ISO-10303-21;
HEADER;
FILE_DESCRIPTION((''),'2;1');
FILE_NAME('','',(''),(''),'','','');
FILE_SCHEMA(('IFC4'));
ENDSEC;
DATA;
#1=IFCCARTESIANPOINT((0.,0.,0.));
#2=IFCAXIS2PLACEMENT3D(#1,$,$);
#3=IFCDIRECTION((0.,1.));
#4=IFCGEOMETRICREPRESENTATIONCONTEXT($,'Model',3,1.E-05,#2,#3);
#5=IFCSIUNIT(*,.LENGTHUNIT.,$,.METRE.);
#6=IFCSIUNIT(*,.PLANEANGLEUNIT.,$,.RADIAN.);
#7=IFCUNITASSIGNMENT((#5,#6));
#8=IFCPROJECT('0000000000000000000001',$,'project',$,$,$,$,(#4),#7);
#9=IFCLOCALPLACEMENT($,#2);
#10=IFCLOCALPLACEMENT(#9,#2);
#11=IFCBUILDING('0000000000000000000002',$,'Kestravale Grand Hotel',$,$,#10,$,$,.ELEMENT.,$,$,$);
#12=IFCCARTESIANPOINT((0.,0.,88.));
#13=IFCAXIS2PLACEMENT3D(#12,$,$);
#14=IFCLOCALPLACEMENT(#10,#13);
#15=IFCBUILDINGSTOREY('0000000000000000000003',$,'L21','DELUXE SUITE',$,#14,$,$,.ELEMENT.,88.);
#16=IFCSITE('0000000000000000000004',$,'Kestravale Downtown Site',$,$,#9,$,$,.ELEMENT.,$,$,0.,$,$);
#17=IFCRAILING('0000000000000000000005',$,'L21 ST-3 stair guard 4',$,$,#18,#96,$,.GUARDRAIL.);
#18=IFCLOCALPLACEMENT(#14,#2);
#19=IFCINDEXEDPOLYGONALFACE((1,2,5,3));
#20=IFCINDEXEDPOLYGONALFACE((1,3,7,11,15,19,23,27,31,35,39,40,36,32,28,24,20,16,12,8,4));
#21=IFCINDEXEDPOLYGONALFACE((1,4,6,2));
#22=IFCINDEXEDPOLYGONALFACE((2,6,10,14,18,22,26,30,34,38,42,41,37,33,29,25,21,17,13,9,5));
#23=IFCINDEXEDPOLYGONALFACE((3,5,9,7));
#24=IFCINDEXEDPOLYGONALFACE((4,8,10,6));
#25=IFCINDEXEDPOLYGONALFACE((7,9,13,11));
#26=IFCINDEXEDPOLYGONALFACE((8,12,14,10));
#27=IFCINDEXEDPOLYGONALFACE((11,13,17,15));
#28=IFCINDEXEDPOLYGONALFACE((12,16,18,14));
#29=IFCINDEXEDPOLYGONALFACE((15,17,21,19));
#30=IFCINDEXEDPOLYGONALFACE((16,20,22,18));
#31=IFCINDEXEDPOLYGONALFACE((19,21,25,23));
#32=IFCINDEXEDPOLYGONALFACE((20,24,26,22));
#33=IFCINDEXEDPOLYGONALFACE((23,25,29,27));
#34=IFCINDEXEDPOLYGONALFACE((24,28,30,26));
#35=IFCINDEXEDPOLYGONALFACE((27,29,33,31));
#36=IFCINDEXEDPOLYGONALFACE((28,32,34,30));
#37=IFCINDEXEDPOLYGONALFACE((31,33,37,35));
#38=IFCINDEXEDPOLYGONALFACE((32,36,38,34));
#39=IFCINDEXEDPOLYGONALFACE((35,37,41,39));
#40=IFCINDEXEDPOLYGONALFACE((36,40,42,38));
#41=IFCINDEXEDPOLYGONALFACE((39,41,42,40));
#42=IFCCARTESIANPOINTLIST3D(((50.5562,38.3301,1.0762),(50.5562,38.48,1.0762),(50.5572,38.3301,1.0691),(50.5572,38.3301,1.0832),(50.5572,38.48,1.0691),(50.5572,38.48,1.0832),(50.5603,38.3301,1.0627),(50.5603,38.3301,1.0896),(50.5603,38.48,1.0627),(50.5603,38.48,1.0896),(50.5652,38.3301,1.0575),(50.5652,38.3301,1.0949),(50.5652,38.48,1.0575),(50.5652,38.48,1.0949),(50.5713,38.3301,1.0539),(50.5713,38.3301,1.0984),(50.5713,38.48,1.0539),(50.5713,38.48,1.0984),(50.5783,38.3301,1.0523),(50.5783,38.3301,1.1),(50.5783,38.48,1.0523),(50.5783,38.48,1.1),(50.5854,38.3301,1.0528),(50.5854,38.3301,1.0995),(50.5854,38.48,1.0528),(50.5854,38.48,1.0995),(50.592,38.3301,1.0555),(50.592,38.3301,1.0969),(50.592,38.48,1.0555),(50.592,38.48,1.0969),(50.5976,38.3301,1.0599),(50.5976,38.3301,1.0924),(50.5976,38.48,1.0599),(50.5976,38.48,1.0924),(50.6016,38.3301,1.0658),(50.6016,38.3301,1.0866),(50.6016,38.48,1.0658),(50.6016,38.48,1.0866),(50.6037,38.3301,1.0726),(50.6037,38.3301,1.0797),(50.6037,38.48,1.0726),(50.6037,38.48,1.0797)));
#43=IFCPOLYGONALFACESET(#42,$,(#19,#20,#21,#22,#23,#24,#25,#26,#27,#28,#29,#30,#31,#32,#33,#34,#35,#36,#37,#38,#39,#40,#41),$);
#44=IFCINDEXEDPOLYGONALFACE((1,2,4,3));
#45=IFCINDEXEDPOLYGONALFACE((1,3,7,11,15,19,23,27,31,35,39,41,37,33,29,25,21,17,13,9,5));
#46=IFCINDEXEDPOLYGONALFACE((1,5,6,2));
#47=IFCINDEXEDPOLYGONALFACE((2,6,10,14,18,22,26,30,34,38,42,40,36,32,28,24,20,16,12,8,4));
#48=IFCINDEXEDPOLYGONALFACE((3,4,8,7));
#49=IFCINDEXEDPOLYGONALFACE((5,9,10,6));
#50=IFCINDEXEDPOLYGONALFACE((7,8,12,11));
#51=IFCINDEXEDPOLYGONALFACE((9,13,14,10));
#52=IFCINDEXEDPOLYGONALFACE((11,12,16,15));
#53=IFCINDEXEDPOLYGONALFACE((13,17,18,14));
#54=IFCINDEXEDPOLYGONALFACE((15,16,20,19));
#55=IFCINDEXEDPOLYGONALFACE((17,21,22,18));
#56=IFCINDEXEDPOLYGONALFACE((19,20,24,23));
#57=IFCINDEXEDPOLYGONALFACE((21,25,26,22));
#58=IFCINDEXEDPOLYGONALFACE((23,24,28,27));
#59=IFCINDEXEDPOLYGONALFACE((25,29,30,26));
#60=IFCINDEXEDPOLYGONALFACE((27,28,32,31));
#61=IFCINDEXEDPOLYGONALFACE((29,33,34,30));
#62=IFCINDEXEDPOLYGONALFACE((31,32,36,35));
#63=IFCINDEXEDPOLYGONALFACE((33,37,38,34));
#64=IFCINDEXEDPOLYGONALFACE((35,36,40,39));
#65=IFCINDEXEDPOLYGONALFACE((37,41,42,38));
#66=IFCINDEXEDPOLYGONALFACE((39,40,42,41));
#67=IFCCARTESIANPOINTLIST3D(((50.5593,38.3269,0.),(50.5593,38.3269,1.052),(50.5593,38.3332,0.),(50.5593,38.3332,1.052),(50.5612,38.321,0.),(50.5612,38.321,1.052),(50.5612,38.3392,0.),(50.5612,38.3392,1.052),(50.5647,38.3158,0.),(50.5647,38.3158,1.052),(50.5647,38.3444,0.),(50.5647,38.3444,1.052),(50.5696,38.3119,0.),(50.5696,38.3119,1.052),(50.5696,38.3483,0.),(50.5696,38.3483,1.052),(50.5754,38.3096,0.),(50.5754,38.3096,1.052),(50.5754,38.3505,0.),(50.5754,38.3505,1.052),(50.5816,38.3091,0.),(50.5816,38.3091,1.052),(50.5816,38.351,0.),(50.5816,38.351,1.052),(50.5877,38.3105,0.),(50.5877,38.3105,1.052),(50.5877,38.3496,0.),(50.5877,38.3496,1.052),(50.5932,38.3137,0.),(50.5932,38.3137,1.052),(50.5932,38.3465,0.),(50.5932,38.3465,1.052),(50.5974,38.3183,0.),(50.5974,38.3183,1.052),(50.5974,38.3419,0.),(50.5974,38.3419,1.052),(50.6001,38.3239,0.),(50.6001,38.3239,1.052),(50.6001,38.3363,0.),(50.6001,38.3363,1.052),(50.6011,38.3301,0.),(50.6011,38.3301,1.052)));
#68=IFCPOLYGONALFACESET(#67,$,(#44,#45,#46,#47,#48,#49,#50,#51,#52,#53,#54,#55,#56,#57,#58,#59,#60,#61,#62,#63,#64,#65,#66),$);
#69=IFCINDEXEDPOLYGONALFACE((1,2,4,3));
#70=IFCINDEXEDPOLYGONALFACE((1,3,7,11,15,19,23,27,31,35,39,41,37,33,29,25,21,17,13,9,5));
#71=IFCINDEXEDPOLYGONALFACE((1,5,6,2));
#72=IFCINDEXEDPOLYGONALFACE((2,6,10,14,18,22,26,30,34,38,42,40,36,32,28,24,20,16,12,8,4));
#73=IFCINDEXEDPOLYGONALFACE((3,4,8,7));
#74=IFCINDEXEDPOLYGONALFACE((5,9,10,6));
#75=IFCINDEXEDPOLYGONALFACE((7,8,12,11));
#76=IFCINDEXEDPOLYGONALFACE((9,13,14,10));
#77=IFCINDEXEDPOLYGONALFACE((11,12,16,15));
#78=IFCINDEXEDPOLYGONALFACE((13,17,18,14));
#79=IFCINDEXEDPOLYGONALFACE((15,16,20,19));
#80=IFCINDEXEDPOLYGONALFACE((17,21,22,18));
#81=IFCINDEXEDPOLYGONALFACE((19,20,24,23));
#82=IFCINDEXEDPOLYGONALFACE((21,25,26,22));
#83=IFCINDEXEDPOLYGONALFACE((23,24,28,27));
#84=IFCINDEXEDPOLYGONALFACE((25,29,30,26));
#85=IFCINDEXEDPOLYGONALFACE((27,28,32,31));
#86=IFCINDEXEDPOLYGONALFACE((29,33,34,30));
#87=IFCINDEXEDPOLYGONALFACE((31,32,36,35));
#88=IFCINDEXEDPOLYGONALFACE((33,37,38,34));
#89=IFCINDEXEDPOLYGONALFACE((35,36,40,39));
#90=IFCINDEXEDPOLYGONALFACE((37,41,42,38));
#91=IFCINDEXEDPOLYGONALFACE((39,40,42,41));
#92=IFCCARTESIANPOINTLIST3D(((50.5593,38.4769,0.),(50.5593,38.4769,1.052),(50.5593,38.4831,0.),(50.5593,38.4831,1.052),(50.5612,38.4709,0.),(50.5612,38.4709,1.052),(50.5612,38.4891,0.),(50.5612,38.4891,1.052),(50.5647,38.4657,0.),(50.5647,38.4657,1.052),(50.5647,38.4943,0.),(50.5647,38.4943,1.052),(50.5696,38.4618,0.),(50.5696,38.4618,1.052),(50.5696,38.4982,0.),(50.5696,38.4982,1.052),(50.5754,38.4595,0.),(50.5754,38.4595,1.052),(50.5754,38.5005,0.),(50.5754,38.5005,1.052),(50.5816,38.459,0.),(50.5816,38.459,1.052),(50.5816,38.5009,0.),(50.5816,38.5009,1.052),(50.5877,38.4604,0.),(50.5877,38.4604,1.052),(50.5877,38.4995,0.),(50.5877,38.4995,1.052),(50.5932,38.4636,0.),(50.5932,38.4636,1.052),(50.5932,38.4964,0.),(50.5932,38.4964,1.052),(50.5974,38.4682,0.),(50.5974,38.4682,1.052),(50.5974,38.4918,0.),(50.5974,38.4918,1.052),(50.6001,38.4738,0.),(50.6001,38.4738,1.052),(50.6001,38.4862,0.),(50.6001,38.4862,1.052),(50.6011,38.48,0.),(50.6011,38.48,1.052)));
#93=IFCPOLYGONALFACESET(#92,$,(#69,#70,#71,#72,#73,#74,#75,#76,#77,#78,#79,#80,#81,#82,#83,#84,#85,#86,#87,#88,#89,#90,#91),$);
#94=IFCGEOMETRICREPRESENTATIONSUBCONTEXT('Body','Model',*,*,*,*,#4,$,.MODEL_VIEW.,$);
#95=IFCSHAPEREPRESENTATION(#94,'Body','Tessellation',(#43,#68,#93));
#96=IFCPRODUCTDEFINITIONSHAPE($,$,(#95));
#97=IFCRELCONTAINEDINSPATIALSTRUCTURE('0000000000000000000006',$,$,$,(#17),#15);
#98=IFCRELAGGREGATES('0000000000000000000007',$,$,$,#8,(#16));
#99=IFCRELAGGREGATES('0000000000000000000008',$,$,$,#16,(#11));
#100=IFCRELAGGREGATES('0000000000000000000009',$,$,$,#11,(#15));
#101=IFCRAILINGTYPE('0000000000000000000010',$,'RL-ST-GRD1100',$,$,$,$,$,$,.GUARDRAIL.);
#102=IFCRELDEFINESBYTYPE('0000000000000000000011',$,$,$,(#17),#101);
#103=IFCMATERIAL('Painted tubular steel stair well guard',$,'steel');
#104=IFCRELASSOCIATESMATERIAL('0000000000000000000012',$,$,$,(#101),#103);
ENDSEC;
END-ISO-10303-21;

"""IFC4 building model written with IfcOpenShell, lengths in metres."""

from ifc_helpers import new_model, si_unit, direction, frame, origin, origin_2d, place, context, subcontext, project, spatial, circle, extrude, material, type_object, element, save


model = new_model("IFC4")

# Units and contexts
model_context = context("Model", 3, precision=1e-05, world=origin(), true_north=direction((0.0, 1.0)))
body_context = subcontext(model_context, "Body", "Model", "MODEL_VIEW")
ifc_project = project(units=[si_unit("LENGTHUNIT", "METRE"), si_unit("PLANEANGLEUNIT", "RADIAN")], contexts=[model_context])

# Site, building, storey
site_placement = place(None, origin())
site = spatial("IfcSite", under=ifc_project, at=site_placement, Name="Kestravale Downtown Site", CompositionType="ELEMENT", RefElevation=0.0)
building_placement = place(site_placement, origin())
building = spatial("IfcBuilding", under=site, at=building_placement, Name="Kestravale Grand Hotel", CompositionType="ELEMENT")
storey_placement = place(building_placement, frame((0.0, 0.0, 88.0)))
storey = spatial("IfcBuildingStorey", under=building, at=storey_placement, Name="L21", Description="DELUXE SUITE", CompositionType="ELEMENT", Elevation=88.0)

# Railing
ifc_material_1 = material(Name="Painted tubular steel stair well guard", Category="steel")
railing_type_1 = type_object("IfcRailingType", Name="RL-ST-GRD1100", PredefinedType="GUARDRAIL", material=ifc_material_1)
railing_1_placement = place(storey_placement, frame((50.5801, 38.3301, 0.0)))
element("IfcRailing", 1, at=railing_1_placement, inside=storey, type_object=railing_type_1, Name="L21 ST-3 stair guard 4", PredefinedType="GUARDRAIL", context=body_context, shape_type="SweptSolid", body=[
    extrude(circle(Radius=0.0239, at=origin_2d()), frame((0.0, 0.0, 1.0762), z_axis=(0.0, 1.0, 0.0), x_axis=(-1.0, 0.0, 0.0)), (0.0, 0.0, 1.0), 0.1499),
    extrude(circle(Radius=0.021, at=origin_2d()), origin(), (0.0, 0.0, 1.0), 1.052),
    extrude(circle(Radius=0.021, at=origin_2d()), frame((0.0, 0.1499, 0.0)), (0.0, 0.0, 1.0), 1.052),
])

save(model, "model.ifc")
